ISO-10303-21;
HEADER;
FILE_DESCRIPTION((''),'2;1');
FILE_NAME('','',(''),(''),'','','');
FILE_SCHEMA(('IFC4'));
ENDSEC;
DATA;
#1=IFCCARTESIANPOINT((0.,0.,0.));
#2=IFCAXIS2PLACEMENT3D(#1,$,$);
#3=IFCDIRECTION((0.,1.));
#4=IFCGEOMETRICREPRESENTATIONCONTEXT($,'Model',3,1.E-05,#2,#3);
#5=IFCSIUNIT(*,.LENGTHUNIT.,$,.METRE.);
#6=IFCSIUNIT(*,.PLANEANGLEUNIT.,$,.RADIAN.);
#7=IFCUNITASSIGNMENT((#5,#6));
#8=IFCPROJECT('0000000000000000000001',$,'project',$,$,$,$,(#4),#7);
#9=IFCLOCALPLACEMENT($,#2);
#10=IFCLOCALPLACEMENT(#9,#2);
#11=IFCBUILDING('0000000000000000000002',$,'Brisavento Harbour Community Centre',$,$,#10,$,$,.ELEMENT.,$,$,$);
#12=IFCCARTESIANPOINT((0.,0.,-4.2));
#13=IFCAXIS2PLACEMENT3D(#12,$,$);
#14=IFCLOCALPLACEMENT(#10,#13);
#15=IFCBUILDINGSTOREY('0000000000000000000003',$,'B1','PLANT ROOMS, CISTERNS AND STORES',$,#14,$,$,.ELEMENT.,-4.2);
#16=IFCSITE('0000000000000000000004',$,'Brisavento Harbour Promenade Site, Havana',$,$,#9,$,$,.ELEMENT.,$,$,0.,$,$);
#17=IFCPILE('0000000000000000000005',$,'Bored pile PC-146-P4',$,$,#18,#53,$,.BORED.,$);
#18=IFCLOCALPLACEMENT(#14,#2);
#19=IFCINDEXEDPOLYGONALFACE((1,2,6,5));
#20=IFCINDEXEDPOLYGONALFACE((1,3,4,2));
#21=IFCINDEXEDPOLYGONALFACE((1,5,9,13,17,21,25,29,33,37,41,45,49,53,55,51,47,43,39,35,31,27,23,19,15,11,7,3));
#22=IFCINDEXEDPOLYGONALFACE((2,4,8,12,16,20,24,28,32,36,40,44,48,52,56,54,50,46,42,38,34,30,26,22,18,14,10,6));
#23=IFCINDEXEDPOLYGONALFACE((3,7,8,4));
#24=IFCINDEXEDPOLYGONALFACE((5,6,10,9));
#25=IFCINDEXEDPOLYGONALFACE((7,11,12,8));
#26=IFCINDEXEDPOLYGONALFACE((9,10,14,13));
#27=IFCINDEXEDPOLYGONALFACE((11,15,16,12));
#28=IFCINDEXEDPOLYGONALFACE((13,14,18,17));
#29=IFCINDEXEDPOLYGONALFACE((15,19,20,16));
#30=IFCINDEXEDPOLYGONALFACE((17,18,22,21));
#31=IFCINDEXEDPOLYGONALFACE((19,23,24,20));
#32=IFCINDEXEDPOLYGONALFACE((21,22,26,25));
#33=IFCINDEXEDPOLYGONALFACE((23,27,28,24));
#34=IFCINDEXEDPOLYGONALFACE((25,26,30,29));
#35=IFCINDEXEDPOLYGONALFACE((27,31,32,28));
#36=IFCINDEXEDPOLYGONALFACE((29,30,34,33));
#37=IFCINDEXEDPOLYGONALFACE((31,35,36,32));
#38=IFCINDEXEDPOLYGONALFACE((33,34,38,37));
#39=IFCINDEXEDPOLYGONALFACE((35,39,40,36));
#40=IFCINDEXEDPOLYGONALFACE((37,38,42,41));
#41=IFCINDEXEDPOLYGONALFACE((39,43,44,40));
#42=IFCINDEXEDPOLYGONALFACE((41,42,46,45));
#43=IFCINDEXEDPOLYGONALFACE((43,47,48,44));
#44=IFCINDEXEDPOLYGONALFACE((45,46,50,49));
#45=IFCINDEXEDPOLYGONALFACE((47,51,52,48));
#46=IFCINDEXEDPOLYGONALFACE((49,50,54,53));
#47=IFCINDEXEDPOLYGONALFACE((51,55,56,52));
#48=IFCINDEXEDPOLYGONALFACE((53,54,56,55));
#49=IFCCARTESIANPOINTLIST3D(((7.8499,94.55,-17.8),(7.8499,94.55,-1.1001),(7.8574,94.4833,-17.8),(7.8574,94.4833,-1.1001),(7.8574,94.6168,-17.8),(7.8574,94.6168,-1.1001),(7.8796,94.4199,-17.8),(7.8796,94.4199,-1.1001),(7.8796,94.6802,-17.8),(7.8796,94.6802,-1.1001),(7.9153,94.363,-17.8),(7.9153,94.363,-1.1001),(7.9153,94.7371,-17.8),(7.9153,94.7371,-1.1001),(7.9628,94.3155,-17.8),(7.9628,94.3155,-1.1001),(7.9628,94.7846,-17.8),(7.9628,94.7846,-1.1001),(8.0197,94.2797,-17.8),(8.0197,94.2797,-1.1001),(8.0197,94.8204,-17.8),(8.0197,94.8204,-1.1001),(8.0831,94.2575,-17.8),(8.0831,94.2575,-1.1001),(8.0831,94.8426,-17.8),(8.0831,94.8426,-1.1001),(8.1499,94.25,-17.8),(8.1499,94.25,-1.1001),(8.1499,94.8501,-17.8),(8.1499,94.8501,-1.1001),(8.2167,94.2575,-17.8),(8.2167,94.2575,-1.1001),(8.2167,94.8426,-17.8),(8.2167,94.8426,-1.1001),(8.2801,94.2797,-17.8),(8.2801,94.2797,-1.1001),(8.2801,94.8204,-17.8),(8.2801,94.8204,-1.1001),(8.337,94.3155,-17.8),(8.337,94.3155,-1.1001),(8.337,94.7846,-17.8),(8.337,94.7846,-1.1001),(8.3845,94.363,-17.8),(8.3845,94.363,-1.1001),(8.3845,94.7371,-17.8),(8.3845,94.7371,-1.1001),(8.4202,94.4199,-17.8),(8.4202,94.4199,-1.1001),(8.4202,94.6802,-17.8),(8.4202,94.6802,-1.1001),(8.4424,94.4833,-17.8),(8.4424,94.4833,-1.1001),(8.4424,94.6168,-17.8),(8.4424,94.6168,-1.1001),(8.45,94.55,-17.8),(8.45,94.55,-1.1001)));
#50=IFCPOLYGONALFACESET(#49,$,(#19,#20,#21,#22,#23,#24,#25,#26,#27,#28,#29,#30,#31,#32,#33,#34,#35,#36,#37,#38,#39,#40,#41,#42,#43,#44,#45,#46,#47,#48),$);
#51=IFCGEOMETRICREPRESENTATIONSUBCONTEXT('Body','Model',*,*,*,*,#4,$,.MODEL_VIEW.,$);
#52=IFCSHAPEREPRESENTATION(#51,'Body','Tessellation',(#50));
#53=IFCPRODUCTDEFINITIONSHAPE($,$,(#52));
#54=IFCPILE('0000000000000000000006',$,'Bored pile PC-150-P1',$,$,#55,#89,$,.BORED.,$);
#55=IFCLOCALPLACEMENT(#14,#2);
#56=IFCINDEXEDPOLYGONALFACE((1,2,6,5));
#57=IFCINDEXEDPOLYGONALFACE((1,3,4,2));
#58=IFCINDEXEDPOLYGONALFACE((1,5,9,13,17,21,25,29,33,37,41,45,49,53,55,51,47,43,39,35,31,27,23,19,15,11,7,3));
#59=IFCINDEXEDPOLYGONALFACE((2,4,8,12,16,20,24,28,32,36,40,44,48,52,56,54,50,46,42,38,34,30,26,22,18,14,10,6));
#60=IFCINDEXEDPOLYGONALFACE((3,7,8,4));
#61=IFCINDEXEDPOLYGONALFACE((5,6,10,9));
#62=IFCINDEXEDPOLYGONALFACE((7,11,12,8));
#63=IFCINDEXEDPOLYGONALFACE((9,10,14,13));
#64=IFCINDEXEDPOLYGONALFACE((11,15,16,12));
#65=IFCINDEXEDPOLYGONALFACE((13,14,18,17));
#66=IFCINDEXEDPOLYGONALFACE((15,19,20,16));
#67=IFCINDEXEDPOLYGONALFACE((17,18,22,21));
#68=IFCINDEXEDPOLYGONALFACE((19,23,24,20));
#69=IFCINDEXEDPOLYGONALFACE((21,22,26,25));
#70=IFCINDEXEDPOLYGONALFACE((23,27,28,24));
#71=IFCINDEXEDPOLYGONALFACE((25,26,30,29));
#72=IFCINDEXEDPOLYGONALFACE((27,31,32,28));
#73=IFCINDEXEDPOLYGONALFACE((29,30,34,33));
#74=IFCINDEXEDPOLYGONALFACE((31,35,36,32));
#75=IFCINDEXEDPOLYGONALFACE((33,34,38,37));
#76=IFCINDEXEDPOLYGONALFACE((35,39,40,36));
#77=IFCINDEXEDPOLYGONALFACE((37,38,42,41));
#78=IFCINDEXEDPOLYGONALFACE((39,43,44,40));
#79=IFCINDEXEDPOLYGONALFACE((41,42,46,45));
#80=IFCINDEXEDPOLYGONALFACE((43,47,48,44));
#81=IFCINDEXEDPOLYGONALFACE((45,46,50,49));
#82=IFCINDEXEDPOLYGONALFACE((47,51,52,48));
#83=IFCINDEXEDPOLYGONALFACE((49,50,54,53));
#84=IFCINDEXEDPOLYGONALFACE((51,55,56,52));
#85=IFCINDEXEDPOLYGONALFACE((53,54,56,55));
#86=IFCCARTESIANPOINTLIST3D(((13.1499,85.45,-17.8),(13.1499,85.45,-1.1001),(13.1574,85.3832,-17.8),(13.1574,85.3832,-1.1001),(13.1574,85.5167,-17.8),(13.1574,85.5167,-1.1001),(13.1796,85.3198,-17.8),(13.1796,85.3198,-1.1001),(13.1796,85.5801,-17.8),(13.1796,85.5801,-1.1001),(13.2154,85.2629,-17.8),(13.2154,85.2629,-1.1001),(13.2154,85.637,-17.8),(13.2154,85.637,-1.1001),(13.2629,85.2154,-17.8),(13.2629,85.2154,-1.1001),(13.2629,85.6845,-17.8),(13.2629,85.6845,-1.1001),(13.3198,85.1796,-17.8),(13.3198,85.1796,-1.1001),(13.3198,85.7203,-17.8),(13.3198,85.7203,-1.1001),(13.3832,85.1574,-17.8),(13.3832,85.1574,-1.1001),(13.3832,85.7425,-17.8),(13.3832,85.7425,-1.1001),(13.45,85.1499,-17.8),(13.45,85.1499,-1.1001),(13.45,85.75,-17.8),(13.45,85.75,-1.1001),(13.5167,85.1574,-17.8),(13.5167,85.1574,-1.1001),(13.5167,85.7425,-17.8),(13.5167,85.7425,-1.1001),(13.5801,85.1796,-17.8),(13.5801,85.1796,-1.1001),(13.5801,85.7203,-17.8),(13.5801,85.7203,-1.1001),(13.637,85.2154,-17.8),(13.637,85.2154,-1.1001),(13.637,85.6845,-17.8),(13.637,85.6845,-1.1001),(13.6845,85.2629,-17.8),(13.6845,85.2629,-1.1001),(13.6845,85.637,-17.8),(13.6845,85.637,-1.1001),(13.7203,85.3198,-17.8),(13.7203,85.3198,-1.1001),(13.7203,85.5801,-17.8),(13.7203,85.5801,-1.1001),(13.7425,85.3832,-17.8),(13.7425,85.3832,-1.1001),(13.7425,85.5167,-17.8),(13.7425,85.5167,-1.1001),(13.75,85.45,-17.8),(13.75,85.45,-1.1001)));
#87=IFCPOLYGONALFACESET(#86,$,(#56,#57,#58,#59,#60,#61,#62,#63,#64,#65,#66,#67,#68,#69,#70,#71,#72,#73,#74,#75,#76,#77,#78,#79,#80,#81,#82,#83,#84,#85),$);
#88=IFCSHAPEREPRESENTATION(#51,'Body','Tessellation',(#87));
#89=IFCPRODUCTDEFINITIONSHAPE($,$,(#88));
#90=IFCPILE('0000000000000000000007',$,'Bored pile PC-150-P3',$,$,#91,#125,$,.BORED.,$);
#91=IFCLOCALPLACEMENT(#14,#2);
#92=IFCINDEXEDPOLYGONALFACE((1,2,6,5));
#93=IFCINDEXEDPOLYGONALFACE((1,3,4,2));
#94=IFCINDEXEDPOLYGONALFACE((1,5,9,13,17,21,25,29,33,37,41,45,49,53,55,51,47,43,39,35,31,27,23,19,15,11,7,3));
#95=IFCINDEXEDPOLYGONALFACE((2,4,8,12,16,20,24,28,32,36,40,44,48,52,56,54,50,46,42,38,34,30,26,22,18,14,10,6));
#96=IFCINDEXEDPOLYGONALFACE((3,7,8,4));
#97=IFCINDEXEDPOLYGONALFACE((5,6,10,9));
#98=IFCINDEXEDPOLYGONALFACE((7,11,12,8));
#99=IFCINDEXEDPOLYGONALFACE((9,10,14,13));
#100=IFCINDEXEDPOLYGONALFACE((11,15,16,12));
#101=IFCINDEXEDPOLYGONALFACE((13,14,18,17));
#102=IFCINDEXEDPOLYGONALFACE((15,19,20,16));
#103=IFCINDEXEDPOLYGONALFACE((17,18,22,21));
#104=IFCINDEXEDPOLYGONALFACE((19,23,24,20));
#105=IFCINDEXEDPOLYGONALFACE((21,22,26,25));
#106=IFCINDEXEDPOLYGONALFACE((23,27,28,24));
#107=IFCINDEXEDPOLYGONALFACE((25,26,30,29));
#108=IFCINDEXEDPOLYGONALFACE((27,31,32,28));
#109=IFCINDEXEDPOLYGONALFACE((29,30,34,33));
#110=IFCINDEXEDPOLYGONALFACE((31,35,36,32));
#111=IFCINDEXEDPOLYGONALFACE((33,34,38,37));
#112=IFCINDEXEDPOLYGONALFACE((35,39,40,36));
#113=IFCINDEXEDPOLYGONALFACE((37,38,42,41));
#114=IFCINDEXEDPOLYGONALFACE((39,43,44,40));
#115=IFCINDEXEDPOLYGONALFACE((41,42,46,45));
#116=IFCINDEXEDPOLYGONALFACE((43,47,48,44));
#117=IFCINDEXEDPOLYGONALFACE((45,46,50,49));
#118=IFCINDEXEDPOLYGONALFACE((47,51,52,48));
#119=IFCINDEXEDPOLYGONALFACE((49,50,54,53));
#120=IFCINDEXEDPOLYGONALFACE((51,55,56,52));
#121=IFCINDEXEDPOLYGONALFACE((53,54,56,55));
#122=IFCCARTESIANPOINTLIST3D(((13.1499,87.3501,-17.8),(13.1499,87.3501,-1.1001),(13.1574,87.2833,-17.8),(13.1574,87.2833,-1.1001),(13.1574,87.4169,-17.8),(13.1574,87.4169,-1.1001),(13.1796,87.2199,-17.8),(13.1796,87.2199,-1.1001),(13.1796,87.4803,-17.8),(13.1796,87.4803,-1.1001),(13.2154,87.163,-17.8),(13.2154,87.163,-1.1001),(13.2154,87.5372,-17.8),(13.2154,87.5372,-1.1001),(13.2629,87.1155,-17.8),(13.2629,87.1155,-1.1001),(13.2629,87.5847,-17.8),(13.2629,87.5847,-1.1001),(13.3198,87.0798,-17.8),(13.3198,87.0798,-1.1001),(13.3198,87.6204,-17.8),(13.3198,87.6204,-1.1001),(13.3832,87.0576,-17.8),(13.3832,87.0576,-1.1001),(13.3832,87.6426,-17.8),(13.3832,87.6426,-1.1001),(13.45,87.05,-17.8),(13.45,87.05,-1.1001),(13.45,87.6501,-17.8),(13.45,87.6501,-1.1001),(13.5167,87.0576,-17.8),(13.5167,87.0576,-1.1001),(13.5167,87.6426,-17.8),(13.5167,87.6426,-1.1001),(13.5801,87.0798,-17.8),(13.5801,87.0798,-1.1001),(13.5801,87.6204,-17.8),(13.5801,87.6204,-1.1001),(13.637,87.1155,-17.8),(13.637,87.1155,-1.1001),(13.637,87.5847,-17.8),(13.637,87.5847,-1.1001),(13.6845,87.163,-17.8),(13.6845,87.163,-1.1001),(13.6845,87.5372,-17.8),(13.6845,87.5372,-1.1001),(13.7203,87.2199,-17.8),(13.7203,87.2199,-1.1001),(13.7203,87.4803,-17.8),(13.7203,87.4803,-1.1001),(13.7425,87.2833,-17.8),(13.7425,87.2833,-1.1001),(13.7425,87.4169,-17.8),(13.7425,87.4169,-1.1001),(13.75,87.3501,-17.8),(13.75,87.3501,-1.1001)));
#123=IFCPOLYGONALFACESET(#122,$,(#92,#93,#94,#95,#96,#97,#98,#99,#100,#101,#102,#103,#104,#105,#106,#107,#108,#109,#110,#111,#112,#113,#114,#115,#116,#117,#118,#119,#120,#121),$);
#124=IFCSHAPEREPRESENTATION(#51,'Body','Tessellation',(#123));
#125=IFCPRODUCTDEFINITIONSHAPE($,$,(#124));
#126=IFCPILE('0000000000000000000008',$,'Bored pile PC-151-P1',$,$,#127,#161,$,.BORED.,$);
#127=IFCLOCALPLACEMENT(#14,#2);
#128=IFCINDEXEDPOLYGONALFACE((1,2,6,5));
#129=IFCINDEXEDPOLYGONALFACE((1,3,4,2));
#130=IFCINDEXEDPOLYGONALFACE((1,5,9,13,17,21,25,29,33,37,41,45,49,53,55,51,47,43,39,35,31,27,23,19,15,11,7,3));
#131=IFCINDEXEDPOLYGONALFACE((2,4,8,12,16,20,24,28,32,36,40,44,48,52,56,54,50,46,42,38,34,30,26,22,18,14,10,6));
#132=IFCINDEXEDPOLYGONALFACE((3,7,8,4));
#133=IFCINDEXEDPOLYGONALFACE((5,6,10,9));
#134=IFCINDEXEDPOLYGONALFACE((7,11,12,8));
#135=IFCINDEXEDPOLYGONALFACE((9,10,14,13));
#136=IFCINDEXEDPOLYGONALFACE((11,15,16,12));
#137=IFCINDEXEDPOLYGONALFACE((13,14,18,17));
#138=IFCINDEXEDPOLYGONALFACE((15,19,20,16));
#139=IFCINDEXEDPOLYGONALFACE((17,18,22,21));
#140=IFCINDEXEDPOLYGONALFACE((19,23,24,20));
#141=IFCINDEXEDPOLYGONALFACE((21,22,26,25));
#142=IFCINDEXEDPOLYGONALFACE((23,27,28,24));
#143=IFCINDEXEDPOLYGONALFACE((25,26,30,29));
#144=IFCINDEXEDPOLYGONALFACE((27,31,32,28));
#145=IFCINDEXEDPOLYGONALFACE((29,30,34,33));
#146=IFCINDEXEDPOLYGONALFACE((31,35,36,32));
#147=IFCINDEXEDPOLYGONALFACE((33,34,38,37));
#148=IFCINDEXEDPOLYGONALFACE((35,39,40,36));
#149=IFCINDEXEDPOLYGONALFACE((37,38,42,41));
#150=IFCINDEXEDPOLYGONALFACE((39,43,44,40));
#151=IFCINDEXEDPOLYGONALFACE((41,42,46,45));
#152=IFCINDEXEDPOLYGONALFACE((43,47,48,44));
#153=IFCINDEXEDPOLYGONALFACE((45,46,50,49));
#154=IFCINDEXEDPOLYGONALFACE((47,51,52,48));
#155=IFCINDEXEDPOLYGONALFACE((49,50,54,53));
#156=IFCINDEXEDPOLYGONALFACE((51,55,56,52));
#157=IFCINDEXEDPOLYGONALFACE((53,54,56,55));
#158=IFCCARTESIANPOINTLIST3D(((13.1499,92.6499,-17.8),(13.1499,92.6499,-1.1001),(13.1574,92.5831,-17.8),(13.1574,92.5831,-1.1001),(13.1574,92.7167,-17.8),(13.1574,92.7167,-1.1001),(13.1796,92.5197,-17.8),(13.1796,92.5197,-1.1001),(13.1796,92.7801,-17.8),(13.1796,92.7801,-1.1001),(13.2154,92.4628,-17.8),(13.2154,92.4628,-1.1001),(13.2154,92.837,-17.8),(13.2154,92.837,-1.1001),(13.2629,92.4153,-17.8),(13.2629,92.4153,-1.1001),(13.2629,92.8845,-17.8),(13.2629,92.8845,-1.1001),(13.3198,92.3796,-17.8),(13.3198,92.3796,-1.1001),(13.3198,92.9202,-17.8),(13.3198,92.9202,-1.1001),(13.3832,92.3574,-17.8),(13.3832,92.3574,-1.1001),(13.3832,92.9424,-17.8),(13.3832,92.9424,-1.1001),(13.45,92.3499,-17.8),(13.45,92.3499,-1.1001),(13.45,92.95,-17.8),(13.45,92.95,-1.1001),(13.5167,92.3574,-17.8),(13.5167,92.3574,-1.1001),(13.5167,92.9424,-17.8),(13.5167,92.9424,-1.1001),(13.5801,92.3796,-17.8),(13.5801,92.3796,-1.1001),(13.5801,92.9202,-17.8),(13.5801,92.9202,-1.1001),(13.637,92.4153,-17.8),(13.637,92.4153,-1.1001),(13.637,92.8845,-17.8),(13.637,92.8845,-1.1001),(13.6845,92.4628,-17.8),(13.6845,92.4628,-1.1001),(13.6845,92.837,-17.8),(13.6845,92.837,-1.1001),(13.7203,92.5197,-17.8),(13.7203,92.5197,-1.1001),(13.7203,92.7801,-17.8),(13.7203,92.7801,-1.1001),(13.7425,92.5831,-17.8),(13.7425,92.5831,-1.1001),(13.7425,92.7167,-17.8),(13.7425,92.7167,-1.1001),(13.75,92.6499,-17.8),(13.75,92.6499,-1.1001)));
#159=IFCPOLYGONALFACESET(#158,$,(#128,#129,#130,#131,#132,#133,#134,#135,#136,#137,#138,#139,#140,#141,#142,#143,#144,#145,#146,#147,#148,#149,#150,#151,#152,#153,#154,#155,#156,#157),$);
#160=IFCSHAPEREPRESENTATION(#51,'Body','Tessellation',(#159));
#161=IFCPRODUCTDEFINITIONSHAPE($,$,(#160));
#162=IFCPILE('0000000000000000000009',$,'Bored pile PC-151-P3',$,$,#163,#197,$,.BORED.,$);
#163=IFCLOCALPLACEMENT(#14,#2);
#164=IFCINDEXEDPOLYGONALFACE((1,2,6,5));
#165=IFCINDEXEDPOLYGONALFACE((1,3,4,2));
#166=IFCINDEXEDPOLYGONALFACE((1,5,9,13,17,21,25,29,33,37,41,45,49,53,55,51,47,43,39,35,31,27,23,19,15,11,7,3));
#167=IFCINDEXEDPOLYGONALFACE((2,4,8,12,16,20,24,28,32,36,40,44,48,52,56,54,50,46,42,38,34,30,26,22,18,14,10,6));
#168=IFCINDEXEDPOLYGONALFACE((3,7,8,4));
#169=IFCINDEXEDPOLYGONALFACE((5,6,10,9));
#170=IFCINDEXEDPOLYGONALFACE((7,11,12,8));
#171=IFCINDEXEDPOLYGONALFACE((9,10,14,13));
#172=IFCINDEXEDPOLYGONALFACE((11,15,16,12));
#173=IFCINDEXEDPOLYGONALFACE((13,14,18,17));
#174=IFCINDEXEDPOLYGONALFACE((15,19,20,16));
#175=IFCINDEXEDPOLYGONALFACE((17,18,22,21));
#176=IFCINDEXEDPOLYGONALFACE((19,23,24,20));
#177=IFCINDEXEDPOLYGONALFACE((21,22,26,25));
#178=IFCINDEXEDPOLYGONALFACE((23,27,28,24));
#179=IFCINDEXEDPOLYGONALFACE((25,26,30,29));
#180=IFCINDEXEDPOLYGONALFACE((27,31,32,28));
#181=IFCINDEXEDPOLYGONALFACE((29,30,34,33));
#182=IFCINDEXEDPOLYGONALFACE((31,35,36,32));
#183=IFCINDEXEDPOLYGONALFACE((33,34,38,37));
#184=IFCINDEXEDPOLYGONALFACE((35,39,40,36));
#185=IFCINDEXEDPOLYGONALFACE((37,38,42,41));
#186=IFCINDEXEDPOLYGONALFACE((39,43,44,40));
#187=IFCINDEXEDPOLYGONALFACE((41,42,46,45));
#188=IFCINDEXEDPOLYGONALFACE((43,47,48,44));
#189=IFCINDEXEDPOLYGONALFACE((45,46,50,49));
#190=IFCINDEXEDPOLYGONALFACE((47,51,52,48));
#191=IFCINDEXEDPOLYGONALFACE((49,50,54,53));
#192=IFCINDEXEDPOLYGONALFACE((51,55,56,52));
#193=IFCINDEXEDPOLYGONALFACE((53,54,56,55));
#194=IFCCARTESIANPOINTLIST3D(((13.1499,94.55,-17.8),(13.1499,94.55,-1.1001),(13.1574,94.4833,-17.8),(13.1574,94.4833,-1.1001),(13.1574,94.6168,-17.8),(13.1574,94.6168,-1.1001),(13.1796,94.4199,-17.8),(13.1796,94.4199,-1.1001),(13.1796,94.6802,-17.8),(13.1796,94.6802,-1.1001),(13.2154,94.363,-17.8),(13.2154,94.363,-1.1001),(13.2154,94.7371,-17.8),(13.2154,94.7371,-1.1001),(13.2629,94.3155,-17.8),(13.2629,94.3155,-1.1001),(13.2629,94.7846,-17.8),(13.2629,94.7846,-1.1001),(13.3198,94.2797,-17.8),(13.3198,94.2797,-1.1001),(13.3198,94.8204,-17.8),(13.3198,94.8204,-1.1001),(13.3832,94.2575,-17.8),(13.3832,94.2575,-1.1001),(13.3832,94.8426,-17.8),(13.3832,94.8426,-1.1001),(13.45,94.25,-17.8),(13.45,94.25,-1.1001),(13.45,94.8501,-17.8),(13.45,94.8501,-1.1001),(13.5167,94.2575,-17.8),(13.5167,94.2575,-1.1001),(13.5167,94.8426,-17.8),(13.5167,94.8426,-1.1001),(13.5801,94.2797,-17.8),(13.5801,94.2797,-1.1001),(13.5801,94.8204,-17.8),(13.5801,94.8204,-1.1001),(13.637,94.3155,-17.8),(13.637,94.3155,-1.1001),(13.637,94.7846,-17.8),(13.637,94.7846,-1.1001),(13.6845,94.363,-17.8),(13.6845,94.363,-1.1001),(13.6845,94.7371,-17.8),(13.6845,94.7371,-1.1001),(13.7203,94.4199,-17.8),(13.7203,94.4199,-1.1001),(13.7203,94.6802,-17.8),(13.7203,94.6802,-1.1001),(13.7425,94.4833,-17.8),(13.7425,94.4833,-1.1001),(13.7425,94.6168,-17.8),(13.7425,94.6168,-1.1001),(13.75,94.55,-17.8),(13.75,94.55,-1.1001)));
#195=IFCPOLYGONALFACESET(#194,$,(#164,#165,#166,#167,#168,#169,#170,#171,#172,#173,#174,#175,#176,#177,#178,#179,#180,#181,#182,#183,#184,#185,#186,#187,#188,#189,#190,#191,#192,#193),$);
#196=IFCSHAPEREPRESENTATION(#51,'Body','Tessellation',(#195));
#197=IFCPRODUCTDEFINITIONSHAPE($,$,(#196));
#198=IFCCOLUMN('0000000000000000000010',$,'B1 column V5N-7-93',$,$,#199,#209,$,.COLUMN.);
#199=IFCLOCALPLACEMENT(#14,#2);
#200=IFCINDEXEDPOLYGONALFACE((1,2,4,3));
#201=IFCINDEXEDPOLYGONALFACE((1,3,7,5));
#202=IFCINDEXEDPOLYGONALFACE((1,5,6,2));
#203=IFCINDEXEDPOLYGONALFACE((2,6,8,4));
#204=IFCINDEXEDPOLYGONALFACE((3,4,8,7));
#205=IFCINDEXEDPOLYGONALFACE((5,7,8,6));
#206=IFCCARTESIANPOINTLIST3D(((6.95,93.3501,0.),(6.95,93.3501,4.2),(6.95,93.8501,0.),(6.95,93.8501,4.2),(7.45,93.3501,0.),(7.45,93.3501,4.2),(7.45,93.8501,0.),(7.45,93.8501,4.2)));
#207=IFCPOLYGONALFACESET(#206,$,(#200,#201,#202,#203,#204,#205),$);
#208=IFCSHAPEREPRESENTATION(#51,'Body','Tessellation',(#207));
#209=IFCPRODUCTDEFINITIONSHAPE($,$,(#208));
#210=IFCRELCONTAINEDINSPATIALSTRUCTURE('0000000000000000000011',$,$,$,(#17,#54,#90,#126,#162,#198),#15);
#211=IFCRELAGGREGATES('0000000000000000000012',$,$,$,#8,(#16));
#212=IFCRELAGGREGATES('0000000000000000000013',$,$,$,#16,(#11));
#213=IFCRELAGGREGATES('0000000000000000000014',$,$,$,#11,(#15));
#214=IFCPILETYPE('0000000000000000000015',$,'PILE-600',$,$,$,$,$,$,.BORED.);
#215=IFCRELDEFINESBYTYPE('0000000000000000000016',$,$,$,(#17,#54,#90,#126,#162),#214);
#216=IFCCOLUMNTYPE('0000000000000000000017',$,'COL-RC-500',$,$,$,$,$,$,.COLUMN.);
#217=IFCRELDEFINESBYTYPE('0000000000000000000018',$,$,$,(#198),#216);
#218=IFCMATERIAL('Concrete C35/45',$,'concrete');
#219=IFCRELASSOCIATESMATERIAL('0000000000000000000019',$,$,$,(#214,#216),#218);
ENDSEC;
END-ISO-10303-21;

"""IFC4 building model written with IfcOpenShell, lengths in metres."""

from ifc_helpers import new_model, si_unit, direction, frame, origin, origin_2d, place, context, subcontext, project, spatial, rectangle, circle, extrude, material, material_profile, profile_set, type_object, element, save


model = new_model("IFC4")

# Units and contexts
model_context = context("Model", 3, precision=1e-05, world=origin(), true_north=direction((0.0, 1.0)))
body_context = subcontext(model_context, "Body", "Model", "MODEL_VIEW")
ifc_project = project(units=[si_unit("LENGTHUNIT", "METRE"), si_unit("PLANEANGLEUNIT", "RADIAN")], contexts=[model_context])

# Site, building, storey
site_placement = place(None, origin())
site = spatial("IfcSite", under=ifc_project, at=site_placement, Name="Brisavento Harbour Promenade Site, Havana", CompositionType="ELEMENT", RefElevation=0.0)
building_placement = place(site_placement, origin())
building = spatial("IfcBuilding", under=site, at=building_placement, Name="Brisavento Harbour Community Centre", CompositionType="ELEMENT")
storey_placement = place(building_placement, frame((0.0, 0.0, -4.2)))
storey = spatial("IfcBuildingStorey", under=building, at=storey_placement, Name="B1", Description="PLANT ROOMS, CISTERNS AND STORES", CompositionType="ELEMENT", Elevation=-4.2)

# Shared definitions
ifc_material = material(Name="Concrete C35/45", Category="concrete")

# Piles
ifc_material_profile_1 = material_profile(ifc_material, circle(Radius=0.3, at=origin_2d()), Name="Concrete C35/45")
ifc_profile_set_1 = profile_set([ifc_material_profile_1], Name="Concrete C35/45")
pile_type = type_object("IfcPileType", Name="PILE-600", PredefinedType="BORED", material=ifc_profile_set_1)
for number, where, z_axis, x_axis, name in (
    (1, (8.1499, 94.55, -1.1001), (0.0, 0.0, -1.0), (1.0, 0.0, 0.0), "Bored pile PC-146-P4"),
    (2, (13.45, 85.45, -1.1001), (0.0, 0.0, -1.0), (1.0, 0.0, 0.0), "Bored pile PC-150-P1"),
    (3, (13.45, 87.3501, -1.1001), (0.0, 0.0, -1.0), (1.0, 0.0, 0.0), "Bored pile PC-150-P3"),
    (4, (13.45, 92.6499, -1.1001), (0.0, 0.0, -1.0), (1.0, 0.0, 0.0), "Bored pile PC-151-P1"),
    (5, (13.45, 94.55, -1.1001), (0.0, 0.0, -1.0), (1.0, 0.0, 0.0), "Bored pile PC-151-P3"),
):
    element("IfcPile", number, at=place(storey_placement, frame(where, z_axis=z_axis, x_axis=x_axis)), inside=storey, type_object=pile_type, Name=name, PredefinedType="BORED", context=body_context, shape_type="SweptSolid", body=[
        extrude(circle(Radius=0.3, at=origin_2d()), origin(), (0.0, 0.0, 1.0), 16.7),
    ])

# Column
ifc_material_profile_2 = material_profile(ifc_material, rectangle(XDim=0.5, YDim=0.5, at=origin_2d()), Name="Concrete C35/45")
ifc_profile_set_2 = profile_set([ifc_material_profile_2], Name="Concrete C35/45")
column_type_1 = type_object("IfcColumnType", Name="COL-RC-500", PredefinedType="COLUMN", material=ifc_profile_set_2)
for number, where, z_axis, x_axis, name in (
    (6, (7.2, 93.6001, 0.0), (0.0, 0.0, 1.0), (1.0, 0.0, 0.0), "B1 column V5N-7-93"),
):
    element("IfcColumn", number, at=place(storey_placement, frame(where, z_axis=z_axis, x_axis=x_axis)), inside=storey, type_object=column_type_1, Name=name, PredefinedType="COLUMN", context=body_context, shape_type="SweptSolid", body=[
        extrude(rectangle(XDim=0.5, YDim=0.5, at=origin_2d()), origin(), (0.0, 0.0, 1.0), 4.2),
    ])

save(model, "model.ifc")
